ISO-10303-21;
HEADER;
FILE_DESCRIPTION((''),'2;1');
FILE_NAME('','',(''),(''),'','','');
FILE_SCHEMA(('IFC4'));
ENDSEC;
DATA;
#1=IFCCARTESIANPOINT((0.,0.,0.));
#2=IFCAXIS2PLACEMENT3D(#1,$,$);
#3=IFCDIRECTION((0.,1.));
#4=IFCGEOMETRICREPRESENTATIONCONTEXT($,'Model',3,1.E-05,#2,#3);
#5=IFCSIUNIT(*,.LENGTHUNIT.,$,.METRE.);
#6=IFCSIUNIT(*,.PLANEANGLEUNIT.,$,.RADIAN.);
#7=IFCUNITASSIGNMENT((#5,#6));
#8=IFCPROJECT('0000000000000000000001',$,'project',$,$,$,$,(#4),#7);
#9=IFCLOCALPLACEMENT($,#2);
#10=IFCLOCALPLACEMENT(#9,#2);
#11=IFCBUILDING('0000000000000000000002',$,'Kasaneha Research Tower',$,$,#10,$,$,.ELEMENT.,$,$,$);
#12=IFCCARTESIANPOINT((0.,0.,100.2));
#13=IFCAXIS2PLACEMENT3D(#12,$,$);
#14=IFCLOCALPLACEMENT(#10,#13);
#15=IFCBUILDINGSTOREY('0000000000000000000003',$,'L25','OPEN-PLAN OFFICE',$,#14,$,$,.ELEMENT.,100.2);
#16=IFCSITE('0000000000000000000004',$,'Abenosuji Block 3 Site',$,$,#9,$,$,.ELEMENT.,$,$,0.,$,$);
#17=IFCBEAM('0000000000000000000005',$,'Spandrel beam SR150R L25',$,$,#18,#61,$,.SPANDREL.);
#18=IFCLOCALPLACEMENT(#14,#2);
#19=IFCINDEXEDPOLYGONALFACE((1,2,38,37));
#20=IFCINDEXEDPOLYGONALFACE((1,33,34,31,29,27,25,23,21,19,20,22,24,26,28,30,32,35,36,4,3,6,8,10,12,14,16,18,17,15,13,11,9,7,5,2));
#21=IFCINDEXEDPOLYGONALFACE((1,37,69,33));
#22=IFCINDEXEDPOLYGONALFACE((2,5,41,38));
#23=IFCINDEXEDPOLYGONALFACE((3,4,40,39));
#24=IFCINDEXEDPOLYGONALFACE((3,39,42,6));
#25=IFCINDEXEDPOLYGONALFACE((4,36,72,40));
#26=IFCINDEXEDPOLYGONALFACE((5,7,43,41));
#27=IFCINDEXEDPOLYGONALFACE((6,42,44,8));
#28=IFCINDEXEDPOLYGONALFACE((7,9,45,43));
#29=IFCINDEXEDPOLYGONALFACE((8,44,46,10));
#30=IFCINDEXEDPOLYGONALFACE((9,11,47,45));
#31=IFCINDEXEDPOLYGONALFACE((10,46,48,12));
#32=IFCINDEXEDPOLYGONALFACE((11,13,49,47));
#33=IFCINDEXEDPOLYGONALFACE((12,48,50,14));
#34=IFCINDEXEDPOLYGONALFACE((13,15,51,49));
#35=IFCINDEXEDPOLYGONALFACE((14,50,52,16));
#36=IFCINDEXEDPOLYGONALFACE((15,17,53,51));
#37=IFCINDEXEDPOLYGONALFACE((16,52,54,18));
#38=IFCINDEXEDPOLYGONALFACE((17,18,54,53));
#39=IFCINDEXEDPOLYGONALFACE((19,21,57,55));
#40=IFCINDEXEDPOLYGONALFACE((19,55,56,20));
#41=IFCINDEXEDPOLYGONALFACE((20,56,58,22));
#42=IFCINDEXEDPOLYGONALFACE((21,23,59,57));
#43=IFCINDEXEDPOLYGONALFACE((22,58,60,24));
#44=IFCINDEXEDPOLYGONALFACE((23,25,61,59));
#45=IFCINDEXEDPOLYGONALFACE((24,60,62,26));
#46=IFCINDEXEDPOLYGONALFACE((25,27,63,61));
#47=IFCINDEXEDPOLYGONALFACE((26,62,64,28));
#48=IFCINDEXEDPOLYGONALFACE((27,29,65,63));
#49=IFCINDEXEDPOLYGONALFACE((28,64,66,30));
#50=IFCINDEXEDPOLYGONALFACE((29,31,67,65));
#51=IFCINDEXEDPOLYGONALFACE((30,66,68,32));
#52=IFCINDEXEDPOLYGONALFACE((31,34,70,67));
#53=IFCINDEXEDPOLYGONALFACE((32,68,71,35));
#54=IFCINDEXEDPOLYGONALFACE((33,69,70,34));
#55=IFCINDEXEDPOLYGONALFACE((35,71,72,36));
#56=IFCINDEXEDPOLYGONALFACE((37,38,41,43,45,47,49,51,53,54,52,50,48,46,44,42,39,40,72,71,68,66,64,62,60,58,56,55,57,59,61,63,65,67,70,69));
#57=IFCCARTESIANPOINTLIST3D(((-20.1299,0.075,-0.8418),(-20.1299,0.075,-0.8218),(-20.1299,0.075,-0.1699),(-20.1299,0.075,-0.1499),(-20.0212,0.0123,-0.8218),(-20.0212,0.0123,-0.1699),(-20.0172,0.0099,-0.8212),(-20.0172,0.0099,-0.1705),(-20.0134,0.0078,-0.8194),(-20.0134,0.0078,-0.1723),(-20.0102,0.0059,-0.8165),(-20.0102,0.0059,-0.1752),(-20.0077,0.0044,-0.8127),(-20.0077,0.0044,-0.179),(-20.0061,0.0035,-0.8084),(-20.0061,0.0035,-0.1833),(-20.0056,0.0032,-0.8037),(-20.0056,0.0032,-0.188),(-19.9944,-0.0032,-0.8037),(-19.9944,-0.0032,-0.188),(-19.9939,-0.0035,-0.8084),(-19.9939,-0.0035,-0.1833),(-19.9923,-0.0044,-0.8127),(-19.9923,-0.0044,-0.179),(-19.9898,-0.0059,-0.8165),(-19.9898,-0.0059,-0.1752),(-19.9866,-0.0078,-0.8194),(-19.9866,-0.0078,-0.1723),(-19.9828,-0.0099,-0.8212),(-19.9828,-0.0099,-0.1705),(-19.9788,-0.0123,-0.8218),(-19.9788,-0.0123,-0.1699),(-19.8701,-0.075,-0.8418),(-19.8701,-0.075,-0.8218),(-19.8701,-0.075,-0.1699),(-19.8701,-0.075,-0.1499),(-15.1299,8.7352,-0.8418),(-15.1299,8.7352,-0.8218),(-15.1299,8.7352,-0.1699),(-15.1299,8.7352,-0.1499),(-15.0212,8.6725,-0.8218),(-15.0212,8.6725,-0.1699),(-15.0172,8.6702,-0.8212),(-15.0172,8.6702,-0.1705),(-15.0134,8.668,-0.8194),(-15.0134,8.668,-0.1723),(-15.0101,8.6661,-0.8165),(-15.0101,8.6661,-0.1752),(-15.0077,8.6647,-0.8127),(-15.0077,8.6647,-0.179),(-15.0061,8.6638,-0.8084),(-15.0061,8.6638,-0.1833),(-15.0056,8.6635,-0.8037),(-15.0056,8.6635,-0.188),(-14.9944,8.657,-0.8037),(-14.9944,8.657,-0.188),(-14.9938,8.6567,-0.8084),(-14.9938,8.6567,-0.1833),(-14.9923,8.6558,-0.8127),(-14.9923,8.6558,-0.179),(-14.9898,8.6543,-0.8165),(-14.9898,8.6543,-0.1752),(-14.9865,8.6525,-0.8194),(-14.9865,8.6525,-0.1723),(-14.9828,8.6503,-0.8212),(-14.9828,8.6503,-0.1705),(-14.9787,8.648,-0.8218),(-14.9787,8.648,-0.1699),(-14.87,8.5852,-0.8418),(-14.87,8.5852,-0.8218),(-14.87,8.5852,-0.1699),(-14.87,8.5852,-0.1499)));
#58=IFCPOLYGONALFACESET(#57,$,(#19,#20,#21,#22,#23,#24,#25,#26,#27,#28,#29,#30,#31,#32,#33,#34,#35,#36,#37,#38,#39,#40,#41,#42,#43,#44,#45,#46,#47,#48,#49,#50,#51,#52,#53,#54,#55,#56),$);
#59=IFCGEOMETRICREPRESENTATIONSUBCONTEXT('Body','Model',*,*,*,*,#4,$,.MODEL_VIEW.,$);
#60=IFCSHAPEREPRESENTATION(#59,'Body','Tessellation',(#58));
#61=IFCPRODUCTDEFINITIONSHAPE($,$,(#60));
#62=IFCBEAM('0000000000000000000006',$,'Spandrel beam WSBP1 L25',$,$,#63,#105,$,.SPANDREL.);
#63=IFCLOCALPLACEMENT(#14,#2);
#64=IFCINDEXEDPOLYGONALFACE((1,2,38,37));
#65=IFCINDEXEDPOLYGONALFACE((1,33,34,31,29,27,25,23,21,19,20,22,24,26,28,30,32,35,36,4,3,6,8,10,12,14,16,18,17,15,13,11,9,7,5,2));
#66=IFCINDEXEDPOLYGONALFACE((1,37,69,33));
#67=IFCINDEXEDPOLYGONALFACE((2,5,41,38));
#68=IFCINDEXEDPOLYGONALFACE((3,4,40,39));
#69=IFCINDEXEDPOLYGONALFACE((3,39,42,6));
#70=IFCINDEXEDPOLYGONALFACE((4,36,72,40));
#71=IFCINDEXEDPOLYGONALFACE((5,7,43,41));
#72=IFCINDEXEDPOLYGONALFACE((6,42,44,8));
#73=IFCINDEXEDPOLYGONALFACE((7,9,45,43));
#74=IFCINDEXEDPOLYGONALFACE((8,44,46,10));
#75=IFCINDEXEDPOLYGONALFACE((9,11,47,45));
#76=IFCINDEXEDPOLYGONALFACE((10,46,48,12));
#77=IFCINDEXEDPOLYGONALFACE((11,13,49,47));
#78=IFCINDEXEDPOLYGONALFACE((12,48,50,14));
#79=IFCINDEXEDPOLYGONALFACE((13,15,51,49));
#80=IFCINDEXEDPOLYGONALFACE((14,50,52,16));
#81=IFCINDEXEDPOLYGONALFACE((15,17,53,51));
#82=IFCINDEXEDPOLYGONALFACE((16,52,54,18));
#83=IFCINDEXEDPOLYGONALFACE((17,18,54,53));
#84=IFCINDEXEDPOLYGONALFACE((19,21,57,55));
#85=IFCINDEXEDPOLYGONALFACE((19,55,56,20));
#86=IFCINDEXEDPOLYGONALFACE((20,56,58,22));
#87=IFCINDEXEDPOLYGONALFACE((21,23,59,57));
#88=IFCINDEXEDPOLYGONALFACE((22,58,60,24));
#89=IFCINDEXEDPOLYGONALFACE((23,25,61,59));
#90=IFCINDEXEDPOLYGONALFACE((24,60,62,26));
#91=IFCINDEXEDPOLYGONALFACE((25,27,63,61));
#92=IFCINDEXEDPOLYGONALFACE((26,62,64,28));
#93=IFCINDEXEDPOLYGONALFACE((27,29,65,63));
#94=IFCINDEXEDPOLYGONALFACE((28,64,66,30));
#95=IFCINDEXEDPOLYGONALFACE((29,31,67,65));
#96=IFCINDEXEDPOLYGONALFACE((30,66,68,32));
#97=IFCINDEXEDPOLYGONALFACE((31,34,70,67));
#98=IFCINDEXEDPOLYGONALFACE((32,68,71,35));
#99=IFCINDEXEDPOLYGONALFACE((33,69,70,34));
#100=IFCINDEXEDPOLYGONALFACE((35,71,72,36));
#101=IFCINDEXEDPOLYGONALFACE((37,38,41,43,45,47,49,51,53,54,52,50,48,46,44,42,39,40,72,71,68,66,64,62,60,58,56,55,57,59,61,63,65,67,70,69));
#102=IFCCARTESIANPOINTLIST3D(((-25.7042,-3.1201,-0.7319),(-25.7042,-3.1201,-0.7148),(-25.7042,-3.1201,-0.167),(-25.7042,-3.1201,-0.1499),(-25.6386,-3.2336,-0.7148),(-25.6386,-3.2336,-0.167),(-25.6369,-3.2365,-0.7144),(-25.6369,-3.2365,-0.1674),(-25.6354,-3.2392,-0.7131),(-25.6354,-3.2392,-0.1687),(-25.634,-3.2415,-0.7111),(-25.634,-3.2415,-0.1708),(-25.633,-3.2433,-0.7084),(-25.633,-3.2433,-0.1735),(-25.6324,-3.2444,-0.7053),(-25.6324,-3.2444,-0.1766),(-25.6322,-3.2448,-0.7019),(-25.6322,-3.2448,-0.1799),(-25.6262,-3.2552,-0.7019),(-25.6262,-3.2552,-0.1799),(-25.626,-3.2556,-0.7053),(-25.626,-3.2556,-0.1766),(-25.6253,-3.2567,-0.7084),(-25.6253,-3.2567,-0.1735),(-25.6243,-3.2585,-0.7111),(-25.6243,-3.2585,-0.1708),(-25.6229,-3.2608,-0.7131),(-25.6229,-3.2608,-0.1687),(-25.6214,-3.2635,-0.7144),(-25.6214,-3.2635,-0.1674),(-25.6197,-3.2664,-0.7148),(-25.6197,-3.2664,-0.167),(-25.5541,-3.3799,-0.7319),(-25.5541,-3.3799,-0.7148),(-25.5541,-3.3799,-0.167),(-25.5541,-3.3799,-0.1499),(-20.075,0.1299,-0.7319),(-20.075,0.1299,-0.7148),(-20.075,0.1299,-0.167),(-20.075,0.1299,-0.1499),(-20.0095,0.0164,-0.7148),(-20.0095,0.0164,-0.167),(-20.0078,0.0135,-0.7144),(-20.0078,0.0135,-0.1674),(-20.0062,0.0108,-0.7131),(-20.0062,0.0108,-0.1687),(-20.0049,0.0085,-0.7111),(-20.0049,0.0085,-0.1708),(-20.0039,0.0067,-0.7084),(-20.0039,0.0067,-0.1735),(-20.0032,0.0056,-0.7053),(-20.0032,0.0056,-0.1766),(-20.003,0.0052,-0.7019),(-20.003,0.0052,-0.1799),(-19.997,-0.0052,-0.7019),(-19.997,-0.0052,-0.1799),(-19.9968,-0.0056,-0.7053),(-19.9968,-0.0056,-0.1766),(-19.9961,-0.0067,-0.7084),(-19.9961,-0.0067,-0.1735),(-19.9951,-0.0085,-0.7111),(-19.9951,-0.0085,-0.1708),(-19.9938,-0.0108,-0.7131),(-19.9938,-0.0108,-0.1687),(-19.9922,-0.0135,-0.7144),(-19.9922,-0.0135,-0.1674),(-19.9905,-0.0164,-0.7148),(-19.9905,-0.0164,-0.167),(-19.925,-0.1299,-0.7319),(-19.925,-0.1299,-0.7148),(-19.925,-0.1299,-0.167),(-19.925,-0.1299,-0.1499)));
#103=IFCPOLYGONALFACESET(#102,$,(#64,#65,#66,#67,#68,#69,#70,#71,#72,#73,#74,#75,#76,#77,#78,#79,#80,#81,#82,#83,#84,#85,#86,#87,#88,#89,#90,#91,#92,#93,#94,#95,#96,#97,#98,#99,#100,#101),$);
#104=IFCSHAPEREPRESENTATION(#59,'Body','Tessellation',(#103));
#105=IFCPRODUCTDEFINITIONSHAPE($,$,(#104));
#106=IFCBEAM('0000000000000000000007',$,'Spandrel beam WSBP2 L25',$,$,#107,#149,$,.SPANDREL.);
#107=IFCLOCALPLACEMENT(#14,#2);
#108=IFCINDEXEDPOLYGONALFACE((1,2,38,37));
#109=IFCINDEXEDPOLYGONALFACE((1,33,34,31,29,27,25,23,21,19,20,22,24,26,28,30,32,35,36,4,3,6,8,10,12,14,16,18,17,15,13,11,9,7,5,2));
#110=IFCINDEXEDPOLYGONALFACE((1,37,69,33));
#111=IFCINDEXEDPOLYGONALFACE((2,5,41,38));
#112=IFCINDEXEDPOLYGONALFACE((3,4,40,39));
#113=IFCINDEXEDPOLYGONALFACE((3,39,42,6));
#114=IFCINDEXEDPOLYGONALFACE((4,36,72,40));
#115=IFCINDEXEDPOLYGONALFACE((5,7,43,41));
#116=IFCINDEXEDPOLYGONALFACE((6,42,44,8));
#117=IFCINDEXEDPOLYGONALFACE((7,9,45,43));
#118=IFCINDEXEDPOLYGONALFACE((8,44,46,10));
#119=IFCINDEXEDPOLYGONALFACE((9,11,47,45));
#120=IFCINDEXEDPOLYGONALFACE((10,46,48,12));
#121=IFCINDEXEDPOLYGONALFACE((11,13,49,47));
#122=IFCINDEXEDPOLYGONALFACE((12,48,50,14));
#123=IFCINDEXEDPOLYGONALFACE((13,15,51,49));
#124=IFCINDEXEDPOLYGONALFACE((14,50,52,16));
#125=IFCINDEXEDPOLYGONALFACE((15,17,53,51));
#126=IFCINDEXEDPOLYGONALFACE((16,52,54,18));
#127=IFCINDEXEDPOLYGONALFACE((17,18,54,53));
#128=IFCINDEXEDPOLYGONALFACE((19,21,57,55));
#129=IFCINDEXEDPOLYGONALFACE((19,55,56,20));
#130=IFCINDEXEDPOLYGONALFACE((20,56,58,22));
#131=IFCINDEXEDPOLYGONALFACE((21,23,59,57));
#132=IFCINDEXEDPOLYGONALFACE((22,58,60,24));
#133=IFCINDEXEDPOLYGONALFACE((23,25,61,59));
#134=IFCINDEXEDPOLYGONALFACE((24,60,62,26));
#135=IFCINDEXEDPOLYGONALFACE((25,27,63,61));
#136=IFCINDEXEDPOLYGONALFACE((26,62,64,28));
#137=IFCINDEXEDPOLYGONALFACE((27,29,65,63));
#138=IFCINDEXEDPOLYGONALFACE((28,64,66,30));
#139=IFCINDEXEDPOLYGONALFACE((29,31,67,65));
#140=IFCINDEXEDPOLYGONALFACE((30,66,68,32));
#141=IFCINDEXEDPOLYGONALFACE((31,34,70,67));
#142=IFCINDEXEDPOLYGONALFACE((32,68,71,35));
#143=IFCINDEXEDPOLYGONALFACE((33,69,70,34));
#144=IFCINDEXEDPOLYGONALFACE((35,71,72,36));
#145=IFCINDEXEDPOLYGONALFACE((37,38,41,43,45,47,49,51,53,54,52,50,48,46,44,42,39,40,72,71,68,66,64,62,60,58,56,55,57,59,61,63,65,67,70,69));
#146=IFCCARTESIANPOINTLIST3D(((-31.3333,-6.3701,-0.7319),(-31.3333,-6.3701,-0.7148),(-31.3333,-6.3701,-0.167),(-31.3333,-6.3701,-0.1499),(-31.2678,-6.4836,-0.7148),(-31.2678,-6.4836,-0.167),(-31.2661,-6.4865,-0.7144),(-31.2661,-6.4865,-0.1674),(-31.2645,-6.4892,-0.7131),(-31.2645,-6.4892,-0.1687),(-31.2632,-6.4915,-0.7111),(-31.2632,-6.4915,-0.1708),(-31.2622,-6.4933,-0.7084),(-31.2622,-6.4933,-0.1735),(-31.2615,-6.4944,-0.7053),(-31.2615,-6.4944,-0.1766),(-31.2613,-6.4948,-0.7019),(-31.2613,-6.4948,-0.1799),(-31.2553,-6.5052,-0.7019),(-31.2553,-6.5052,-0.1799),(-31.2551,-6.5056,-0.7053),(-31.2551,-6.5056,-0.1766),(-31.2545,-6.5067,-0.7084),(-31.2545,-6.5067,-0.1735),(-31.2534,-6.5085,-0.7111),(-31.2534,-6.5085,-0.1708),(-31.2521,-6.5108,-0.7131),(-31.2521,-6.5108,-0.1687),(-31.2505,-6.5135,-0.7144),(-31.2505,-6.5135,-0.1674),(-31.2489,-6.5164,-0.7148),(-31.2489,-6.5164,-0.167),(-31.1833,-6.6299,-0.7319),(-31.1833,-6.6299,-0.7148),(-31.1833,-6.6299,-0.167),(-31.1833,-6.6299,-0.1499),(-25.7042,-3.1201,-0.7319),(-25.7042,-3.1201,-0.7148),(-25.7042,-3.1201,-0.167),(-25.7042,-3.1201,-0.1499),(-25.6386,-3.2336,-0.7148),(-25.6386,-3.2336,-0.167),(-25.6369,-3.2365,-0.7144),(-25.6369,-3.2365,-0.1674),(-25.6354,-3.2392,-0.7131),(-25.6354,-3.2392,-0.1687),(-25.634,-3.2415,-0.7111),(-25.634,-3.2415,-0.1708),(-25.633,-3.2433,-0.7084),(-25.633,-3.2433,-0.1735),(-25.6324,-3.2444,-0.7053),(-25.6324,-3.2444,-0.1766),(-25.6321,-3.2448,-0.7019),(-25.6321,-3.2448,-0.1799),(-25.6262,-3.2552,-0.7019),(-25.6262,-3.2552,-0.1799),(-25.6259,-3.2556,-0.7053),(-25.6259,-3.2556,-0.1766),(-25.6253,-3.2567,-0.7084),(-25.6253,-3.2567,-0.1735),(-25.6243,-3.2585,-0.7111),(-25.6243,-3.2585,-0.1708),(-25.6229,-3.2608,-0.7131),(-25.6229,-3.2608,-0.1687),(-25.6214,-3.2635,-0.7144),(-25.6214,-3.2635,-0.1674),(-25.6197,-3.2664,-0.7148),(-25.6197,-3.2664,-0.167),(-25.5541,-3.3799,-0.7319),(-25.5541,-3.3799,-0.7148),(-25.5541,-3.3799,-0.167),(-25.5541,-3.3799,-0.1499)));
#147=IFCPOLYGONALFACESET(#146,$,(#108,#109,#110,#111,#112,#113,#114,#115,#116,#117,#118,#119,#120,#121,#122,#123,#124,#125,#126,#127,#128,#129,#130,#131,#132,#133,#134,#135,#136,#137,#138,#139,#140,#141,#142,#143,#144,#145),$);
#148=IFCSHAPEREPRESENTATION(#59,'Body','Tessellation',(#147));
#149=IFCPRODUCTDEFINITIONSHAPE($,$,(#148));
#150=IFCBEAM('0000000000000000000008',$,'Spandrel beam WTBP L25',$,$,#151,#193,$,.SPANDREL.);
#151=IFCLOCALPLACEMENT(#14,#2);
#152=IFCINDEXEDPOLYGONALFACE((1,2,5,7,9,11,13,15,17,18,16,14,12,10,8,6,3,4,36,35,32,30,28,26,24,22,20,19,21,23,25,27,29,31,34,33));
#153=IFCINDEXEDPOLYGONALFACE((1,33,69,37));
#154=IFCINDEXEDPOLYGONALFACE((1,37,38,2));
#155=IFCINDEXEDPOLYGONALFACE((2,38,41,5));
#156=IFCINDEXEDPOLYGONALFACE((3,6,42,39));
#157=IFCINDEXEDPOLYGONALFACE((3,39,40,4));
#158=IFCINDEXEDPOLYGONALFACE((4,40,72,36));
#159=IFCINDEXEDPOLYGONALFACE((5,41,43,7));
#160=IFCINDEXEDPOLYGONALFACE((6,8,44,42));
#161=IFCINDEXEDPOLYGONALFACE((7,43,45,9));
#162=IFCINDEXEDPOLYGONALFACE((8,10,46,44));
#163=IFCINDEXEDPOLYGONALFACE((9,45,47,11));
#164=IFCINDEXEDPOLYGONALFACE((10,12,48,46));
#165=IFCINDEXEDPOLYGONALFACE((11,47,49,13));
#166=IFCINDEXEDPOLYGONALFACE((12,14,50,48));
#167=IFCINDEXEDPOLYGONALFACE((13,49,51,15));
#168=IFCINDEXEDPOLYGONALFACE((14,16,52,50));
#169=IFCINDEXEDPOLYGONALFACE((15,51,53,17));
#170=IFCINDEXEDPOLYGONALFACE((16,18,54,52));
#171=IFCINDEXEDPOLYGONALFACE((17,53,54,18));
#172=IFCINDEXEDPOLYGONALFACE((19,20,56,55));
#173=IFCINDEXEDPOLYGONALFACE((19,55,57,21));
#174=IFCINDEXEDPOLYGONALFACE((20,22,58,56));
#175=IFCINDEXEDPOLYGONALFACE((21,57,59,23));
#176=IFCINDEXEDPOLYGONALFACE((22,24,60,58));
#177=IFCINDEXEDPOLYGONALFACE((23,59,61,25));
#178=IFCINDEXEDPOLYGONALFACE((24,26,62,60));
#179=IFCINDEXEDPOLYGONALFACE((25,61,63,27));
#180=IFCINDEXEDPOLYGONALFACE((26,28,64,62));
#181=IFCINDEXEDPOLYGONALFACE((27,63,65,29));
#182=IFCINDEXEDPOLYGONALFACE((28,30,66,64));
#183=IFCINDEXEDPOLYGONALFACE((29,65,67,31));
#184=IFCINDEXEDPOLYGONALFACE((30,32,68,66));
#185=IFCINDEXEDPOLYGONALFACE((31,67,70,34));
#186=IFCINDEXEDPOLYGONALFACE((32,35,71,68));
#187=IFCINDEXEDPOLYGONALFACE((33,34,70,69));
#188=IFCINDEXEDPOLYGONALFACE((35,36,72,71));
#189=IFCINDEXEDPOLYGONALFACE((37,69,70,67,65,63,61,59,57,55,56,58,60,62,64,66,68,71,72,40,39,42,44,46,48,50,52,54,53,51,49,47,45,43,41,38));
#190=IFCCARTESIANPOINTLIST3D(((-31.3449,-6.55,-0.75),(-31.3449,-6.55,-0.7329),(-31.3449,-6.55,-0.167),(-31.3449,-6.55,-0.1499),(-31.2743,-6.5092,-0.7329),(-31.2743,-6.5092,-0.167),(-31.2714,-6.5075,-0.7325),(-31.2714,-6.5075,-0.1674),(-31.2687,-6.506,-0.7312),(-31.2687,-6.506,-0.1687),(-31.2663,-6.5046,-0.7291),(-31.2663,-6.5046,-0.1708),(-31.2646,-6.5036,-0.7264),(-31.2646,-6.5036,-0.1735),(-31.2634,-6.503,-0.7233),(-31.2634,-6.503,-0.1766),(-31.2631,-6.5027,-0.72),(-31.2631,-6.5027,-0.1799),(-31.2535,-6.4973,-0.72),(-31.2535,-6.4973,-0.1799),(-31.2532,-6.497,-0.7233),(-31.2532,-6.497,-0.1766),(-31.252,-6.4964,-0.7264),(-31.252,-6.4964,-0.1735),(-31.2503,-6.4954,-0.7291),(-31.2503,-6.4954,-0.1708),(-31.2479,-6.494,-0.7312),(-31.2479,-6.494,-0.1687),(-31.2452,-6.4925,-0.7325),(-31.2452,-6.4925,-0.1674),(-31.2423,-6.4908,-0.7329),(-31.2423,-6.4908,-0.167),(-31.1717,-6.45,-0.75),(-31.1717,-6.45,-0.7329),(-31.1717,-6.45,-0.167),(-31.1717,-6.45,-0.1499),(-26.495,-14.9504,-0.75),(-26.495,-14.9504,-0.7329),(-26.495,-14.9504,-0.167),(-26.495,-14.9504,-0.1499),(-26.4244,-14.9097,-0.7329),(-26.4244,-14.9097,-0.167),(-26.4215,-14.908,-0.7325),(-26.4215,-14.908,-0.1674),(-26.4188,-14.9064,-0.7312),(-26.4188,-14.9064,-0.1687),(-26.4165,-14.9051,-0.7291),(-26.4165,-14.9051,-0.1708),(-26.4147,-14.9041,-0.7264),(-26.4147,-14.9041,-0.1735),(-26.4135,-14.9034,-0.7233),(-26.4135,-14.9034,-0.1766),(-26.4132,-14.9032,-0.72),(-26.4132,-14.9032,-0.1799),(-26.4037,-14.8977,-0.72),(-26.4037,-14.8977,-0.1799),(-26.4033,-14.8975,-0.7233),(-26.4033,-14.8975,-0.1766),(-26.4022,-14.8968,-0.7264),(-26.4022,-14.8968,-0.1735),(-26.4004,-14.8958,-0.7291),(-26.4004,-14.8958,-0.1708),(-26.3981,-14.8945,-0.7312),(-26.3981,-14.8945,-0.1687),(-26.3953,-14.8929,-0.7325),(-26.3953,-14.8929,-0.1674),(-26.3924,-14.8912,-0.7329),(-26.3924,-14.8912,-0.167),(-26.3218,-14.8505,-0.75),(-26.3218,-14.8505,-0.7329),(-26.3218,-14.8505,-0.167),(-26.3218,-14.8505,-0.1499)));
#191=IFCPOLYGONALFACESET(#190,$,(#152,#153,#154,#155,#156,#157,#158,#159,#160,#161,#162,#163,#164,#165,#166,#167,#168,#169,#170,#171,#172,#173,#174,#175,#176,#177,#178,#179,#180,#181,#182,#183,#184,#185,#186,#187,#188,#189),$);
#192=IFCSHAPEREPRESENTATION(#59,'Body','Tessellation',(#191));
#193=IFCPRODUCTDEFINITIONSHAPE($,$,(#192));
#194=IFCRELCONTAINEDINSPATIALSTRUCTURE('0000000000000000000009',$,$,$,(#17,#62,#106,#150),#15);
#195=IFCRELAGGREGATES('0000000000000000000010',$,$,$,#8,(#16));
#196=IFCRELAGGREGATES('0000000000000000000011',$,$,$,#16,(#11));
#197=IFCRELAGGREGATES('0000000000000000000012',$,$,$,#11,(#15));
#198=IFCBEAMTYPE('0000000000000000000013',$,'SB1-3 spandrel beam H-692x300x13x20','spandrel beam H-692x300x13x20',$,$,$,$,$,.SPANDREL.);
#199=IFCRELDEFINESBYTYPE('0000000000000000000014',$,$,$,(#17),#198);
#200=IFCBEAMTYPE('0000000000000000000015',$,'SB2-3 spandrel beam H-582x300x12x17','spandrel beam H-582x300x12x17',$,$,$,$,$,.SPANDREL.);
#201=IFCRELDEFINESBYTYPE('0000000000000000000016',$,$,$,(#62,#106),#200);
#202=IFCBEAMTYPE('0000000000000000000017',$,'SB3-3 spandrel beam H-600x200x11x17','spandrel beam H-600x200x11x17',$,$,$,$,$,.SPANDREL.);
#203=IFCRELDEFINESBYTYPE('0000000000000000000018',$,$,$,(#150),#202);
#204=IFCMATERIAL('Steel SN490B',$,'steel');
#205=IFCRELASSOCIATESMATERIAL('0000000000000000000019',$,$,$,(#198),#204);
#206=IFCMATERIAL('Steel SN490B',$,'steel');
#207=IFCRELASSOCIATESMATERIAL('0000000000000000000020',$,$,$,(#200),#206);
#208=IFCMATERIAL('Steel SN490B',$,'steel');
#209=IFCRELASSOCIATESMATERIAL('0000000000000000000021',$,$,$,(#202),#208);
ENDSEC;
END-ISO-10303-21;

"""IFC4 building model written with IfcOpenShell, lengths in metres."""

from ifc_helpers import new_model, si_unit, direction, frame, origin, origin_2d, place, context, subcontext, project, spatial, i_section, extrude, material, material_profile, profile_set, type_object, element, save


model = new_model("IFC4")

# Units and contexts
model_context = context("Model", 3, precision=1e-05, world=origin(), true_north=direction((0.0, 1.0)))
body_context = subcontext(model_context, "Body", "Model", "MODEL_VIEW")
ifc_project = project(units=[si_unit("LENGTHUNIT", "METRE"), si_unit("PLANEANGLEUNIT", "RADIAN")], contexts=[model_context])

# Site, building, storey
site_placement = place(None, origin())
site = spatial("IfcSite", under=ifc_project, at=site_placement, Name="Abenosuji Block 3 Site", CompositionType="ELEMENT", RefElevation=0.0)
building_placement = place(site_placement, origin())
building = spatial("IfcBuilding", under=site, at=building_placement, Name="Kasaneha Research Tower", CompositionType="ELEMENT")
storey_placement = place(building_placement, frame((0.0, 0.0, 100.2)))
storey = spatial("IfcBuildingStorey", under=building, at=storey_placement, Name="L25", Description="OPEN-PLAN OFFICE", CompositionType="ELEMENT", Elevation=100.2)

# Beams
ifc_material_1 = material(Name="Steel SN490B", Category="steel")
ifc_material_profile_1 = material_profile(ifc_material_1, i_section(OverallWidth=0.3, OverallDepth=0.6919, WebThickness=0.0129, FlangeThickness=0.02, FilletRadius=0.0181, at=origin_2d()), Name="H-692x300x13x20")
ifc_profile_set_1 = profile_set([ifc_material_profile_1], Name="Steel SN490B")
beam_type_1 = type_object("IfcBeamType", Name="SB1-3 spandrel beam H-692x300x13x20", Description="spandrel beam H-692x300x13x20", PredefinedType="SPANDREL", material=ifc_profile_set_1)
beam_1_placement = place(storey_placement, frame((-20.0, 0.0, -0.4958), z_axis=(0.500004, 0.866023, 0.0), x_axis=(-0.866023, 0.500004, 0.0)))
element("IfcBeam", 1, at=beam_1_placement, inside=storey, type_object=beam_type_1, Name="Spandrel beam SR150R L25", PredefinedType="SPANDREL", context=body_context, shape_type="SweptSolid", body=[
    extrude(i_section(OverallWidth=0.3, OverallDepth=0.6919, WebThickness=0.0129, FlangeThickness=0.02, FilletRadius=0.0181, at=origin_2d()), origin(), (0.0, 0.0, 1.0), 10.0),
])
ifc_material_2 = material(Name="Steel SN490B", Category="steel")
ifc_material_profile_2 = material_profile(ifc_material_2, i_section(OverallWidth=0.3, OverallDepth=0.582, WebThickness=0.012, FlangeThickness=0.0171, FilletRadius=0.0129, at=origin_2d()), Name="H-582x300x12x17")
ifc_profile_set_2 = profile_set([ifc_material_profile_2], Name="Steel SN490B")
beam_type_2 = type_object("IfcBeamType", Name="SB2-3 spandrel beam H-582x300x12x17", Description="spandrel beam H-582x300x12x17", PredefinedType="SPANDREL", material=ifc_profile_set_2)
for number, where, z_axis, x_axis, name in (
    (2, (-20.0, 0.0, -0.4409), (-0.866025, -0.500001, 0.0), (0.500001, -0.866025, 0.0), "Spandrel beam WSBP1 L25"),
    (3, (-25.6292, -3.25, -0.4409), (-0.866025, -0.500001, 0.0), (0.500001, -0.866025, 0.0), "Spandrel beam WSBP2 L25"),
):
    element("IfcBeam", number, at=place(storey_placement, frame(where, z_axis=z_axis, x_axis=x_axis)), inside=storey, type_object=beam_type_2, Name=name, PredefinedType="SPANDREL", context=body_context, shape_type="SweptSolid", body=[
        extrude(i_section(OverallWidth=0.3, OverallDepth=0.582, WebThickness=0.012, FlangeThickness=0.0171, FilletRadius=0.0129, at=origin_2d()), origin(), (0.0, 0.0, 1.0), 6.5),
    ])
ifc_material_3 = material(Name="Steel SN490B", Category="steel")
ifc_material_profile_3 = material_profile(ifc_material_3, i_section(OverallWidth=0.2, OverallDepth=0.6001, WebThickness=0.011, FlangeThickness=0.0171, FilletRadius=0.0129, at=origin_2d()), Name="H-600x200x11x17")
ifc_profile_set_3 = profile_set([ifc_material_profile_3], Name="Steel SN490B")
beam_type_3 = type_object("IfcBeamType", Name="SB3-3 spandrel beam H-600x200x11x17", Description="spandrel beam H-600x200x11x17", PredefinedType="SPANDREL", material=ifc_profile_set_3)
beam_2_placement = place(storey_placement, frame((-31.2583, -6.5, -0.45), z_axis=(0.499991, -0.866031, 0.0), x_axis=(0.866031, 0.499991, 0.0)))
element("IfcBeam", 4, at=beam_2_placement, inside=storey, type_object=beam_type_3, Name="Spandrel beam WTBP L25", PredefinedType="SPANDREL", context=body_context, shape_type="SweptSolid", body=[
    extrude(i_section(OverallWidth=0.2, OverallDepth=0.6001, WebThickness=0.011, FlangeThickness=0.0171, FilletRadius=0.0129, at=origin_2d()), origin(), (0.0, 0.0, 1.0), 9.7),
])

save(model, "model.ifc")
